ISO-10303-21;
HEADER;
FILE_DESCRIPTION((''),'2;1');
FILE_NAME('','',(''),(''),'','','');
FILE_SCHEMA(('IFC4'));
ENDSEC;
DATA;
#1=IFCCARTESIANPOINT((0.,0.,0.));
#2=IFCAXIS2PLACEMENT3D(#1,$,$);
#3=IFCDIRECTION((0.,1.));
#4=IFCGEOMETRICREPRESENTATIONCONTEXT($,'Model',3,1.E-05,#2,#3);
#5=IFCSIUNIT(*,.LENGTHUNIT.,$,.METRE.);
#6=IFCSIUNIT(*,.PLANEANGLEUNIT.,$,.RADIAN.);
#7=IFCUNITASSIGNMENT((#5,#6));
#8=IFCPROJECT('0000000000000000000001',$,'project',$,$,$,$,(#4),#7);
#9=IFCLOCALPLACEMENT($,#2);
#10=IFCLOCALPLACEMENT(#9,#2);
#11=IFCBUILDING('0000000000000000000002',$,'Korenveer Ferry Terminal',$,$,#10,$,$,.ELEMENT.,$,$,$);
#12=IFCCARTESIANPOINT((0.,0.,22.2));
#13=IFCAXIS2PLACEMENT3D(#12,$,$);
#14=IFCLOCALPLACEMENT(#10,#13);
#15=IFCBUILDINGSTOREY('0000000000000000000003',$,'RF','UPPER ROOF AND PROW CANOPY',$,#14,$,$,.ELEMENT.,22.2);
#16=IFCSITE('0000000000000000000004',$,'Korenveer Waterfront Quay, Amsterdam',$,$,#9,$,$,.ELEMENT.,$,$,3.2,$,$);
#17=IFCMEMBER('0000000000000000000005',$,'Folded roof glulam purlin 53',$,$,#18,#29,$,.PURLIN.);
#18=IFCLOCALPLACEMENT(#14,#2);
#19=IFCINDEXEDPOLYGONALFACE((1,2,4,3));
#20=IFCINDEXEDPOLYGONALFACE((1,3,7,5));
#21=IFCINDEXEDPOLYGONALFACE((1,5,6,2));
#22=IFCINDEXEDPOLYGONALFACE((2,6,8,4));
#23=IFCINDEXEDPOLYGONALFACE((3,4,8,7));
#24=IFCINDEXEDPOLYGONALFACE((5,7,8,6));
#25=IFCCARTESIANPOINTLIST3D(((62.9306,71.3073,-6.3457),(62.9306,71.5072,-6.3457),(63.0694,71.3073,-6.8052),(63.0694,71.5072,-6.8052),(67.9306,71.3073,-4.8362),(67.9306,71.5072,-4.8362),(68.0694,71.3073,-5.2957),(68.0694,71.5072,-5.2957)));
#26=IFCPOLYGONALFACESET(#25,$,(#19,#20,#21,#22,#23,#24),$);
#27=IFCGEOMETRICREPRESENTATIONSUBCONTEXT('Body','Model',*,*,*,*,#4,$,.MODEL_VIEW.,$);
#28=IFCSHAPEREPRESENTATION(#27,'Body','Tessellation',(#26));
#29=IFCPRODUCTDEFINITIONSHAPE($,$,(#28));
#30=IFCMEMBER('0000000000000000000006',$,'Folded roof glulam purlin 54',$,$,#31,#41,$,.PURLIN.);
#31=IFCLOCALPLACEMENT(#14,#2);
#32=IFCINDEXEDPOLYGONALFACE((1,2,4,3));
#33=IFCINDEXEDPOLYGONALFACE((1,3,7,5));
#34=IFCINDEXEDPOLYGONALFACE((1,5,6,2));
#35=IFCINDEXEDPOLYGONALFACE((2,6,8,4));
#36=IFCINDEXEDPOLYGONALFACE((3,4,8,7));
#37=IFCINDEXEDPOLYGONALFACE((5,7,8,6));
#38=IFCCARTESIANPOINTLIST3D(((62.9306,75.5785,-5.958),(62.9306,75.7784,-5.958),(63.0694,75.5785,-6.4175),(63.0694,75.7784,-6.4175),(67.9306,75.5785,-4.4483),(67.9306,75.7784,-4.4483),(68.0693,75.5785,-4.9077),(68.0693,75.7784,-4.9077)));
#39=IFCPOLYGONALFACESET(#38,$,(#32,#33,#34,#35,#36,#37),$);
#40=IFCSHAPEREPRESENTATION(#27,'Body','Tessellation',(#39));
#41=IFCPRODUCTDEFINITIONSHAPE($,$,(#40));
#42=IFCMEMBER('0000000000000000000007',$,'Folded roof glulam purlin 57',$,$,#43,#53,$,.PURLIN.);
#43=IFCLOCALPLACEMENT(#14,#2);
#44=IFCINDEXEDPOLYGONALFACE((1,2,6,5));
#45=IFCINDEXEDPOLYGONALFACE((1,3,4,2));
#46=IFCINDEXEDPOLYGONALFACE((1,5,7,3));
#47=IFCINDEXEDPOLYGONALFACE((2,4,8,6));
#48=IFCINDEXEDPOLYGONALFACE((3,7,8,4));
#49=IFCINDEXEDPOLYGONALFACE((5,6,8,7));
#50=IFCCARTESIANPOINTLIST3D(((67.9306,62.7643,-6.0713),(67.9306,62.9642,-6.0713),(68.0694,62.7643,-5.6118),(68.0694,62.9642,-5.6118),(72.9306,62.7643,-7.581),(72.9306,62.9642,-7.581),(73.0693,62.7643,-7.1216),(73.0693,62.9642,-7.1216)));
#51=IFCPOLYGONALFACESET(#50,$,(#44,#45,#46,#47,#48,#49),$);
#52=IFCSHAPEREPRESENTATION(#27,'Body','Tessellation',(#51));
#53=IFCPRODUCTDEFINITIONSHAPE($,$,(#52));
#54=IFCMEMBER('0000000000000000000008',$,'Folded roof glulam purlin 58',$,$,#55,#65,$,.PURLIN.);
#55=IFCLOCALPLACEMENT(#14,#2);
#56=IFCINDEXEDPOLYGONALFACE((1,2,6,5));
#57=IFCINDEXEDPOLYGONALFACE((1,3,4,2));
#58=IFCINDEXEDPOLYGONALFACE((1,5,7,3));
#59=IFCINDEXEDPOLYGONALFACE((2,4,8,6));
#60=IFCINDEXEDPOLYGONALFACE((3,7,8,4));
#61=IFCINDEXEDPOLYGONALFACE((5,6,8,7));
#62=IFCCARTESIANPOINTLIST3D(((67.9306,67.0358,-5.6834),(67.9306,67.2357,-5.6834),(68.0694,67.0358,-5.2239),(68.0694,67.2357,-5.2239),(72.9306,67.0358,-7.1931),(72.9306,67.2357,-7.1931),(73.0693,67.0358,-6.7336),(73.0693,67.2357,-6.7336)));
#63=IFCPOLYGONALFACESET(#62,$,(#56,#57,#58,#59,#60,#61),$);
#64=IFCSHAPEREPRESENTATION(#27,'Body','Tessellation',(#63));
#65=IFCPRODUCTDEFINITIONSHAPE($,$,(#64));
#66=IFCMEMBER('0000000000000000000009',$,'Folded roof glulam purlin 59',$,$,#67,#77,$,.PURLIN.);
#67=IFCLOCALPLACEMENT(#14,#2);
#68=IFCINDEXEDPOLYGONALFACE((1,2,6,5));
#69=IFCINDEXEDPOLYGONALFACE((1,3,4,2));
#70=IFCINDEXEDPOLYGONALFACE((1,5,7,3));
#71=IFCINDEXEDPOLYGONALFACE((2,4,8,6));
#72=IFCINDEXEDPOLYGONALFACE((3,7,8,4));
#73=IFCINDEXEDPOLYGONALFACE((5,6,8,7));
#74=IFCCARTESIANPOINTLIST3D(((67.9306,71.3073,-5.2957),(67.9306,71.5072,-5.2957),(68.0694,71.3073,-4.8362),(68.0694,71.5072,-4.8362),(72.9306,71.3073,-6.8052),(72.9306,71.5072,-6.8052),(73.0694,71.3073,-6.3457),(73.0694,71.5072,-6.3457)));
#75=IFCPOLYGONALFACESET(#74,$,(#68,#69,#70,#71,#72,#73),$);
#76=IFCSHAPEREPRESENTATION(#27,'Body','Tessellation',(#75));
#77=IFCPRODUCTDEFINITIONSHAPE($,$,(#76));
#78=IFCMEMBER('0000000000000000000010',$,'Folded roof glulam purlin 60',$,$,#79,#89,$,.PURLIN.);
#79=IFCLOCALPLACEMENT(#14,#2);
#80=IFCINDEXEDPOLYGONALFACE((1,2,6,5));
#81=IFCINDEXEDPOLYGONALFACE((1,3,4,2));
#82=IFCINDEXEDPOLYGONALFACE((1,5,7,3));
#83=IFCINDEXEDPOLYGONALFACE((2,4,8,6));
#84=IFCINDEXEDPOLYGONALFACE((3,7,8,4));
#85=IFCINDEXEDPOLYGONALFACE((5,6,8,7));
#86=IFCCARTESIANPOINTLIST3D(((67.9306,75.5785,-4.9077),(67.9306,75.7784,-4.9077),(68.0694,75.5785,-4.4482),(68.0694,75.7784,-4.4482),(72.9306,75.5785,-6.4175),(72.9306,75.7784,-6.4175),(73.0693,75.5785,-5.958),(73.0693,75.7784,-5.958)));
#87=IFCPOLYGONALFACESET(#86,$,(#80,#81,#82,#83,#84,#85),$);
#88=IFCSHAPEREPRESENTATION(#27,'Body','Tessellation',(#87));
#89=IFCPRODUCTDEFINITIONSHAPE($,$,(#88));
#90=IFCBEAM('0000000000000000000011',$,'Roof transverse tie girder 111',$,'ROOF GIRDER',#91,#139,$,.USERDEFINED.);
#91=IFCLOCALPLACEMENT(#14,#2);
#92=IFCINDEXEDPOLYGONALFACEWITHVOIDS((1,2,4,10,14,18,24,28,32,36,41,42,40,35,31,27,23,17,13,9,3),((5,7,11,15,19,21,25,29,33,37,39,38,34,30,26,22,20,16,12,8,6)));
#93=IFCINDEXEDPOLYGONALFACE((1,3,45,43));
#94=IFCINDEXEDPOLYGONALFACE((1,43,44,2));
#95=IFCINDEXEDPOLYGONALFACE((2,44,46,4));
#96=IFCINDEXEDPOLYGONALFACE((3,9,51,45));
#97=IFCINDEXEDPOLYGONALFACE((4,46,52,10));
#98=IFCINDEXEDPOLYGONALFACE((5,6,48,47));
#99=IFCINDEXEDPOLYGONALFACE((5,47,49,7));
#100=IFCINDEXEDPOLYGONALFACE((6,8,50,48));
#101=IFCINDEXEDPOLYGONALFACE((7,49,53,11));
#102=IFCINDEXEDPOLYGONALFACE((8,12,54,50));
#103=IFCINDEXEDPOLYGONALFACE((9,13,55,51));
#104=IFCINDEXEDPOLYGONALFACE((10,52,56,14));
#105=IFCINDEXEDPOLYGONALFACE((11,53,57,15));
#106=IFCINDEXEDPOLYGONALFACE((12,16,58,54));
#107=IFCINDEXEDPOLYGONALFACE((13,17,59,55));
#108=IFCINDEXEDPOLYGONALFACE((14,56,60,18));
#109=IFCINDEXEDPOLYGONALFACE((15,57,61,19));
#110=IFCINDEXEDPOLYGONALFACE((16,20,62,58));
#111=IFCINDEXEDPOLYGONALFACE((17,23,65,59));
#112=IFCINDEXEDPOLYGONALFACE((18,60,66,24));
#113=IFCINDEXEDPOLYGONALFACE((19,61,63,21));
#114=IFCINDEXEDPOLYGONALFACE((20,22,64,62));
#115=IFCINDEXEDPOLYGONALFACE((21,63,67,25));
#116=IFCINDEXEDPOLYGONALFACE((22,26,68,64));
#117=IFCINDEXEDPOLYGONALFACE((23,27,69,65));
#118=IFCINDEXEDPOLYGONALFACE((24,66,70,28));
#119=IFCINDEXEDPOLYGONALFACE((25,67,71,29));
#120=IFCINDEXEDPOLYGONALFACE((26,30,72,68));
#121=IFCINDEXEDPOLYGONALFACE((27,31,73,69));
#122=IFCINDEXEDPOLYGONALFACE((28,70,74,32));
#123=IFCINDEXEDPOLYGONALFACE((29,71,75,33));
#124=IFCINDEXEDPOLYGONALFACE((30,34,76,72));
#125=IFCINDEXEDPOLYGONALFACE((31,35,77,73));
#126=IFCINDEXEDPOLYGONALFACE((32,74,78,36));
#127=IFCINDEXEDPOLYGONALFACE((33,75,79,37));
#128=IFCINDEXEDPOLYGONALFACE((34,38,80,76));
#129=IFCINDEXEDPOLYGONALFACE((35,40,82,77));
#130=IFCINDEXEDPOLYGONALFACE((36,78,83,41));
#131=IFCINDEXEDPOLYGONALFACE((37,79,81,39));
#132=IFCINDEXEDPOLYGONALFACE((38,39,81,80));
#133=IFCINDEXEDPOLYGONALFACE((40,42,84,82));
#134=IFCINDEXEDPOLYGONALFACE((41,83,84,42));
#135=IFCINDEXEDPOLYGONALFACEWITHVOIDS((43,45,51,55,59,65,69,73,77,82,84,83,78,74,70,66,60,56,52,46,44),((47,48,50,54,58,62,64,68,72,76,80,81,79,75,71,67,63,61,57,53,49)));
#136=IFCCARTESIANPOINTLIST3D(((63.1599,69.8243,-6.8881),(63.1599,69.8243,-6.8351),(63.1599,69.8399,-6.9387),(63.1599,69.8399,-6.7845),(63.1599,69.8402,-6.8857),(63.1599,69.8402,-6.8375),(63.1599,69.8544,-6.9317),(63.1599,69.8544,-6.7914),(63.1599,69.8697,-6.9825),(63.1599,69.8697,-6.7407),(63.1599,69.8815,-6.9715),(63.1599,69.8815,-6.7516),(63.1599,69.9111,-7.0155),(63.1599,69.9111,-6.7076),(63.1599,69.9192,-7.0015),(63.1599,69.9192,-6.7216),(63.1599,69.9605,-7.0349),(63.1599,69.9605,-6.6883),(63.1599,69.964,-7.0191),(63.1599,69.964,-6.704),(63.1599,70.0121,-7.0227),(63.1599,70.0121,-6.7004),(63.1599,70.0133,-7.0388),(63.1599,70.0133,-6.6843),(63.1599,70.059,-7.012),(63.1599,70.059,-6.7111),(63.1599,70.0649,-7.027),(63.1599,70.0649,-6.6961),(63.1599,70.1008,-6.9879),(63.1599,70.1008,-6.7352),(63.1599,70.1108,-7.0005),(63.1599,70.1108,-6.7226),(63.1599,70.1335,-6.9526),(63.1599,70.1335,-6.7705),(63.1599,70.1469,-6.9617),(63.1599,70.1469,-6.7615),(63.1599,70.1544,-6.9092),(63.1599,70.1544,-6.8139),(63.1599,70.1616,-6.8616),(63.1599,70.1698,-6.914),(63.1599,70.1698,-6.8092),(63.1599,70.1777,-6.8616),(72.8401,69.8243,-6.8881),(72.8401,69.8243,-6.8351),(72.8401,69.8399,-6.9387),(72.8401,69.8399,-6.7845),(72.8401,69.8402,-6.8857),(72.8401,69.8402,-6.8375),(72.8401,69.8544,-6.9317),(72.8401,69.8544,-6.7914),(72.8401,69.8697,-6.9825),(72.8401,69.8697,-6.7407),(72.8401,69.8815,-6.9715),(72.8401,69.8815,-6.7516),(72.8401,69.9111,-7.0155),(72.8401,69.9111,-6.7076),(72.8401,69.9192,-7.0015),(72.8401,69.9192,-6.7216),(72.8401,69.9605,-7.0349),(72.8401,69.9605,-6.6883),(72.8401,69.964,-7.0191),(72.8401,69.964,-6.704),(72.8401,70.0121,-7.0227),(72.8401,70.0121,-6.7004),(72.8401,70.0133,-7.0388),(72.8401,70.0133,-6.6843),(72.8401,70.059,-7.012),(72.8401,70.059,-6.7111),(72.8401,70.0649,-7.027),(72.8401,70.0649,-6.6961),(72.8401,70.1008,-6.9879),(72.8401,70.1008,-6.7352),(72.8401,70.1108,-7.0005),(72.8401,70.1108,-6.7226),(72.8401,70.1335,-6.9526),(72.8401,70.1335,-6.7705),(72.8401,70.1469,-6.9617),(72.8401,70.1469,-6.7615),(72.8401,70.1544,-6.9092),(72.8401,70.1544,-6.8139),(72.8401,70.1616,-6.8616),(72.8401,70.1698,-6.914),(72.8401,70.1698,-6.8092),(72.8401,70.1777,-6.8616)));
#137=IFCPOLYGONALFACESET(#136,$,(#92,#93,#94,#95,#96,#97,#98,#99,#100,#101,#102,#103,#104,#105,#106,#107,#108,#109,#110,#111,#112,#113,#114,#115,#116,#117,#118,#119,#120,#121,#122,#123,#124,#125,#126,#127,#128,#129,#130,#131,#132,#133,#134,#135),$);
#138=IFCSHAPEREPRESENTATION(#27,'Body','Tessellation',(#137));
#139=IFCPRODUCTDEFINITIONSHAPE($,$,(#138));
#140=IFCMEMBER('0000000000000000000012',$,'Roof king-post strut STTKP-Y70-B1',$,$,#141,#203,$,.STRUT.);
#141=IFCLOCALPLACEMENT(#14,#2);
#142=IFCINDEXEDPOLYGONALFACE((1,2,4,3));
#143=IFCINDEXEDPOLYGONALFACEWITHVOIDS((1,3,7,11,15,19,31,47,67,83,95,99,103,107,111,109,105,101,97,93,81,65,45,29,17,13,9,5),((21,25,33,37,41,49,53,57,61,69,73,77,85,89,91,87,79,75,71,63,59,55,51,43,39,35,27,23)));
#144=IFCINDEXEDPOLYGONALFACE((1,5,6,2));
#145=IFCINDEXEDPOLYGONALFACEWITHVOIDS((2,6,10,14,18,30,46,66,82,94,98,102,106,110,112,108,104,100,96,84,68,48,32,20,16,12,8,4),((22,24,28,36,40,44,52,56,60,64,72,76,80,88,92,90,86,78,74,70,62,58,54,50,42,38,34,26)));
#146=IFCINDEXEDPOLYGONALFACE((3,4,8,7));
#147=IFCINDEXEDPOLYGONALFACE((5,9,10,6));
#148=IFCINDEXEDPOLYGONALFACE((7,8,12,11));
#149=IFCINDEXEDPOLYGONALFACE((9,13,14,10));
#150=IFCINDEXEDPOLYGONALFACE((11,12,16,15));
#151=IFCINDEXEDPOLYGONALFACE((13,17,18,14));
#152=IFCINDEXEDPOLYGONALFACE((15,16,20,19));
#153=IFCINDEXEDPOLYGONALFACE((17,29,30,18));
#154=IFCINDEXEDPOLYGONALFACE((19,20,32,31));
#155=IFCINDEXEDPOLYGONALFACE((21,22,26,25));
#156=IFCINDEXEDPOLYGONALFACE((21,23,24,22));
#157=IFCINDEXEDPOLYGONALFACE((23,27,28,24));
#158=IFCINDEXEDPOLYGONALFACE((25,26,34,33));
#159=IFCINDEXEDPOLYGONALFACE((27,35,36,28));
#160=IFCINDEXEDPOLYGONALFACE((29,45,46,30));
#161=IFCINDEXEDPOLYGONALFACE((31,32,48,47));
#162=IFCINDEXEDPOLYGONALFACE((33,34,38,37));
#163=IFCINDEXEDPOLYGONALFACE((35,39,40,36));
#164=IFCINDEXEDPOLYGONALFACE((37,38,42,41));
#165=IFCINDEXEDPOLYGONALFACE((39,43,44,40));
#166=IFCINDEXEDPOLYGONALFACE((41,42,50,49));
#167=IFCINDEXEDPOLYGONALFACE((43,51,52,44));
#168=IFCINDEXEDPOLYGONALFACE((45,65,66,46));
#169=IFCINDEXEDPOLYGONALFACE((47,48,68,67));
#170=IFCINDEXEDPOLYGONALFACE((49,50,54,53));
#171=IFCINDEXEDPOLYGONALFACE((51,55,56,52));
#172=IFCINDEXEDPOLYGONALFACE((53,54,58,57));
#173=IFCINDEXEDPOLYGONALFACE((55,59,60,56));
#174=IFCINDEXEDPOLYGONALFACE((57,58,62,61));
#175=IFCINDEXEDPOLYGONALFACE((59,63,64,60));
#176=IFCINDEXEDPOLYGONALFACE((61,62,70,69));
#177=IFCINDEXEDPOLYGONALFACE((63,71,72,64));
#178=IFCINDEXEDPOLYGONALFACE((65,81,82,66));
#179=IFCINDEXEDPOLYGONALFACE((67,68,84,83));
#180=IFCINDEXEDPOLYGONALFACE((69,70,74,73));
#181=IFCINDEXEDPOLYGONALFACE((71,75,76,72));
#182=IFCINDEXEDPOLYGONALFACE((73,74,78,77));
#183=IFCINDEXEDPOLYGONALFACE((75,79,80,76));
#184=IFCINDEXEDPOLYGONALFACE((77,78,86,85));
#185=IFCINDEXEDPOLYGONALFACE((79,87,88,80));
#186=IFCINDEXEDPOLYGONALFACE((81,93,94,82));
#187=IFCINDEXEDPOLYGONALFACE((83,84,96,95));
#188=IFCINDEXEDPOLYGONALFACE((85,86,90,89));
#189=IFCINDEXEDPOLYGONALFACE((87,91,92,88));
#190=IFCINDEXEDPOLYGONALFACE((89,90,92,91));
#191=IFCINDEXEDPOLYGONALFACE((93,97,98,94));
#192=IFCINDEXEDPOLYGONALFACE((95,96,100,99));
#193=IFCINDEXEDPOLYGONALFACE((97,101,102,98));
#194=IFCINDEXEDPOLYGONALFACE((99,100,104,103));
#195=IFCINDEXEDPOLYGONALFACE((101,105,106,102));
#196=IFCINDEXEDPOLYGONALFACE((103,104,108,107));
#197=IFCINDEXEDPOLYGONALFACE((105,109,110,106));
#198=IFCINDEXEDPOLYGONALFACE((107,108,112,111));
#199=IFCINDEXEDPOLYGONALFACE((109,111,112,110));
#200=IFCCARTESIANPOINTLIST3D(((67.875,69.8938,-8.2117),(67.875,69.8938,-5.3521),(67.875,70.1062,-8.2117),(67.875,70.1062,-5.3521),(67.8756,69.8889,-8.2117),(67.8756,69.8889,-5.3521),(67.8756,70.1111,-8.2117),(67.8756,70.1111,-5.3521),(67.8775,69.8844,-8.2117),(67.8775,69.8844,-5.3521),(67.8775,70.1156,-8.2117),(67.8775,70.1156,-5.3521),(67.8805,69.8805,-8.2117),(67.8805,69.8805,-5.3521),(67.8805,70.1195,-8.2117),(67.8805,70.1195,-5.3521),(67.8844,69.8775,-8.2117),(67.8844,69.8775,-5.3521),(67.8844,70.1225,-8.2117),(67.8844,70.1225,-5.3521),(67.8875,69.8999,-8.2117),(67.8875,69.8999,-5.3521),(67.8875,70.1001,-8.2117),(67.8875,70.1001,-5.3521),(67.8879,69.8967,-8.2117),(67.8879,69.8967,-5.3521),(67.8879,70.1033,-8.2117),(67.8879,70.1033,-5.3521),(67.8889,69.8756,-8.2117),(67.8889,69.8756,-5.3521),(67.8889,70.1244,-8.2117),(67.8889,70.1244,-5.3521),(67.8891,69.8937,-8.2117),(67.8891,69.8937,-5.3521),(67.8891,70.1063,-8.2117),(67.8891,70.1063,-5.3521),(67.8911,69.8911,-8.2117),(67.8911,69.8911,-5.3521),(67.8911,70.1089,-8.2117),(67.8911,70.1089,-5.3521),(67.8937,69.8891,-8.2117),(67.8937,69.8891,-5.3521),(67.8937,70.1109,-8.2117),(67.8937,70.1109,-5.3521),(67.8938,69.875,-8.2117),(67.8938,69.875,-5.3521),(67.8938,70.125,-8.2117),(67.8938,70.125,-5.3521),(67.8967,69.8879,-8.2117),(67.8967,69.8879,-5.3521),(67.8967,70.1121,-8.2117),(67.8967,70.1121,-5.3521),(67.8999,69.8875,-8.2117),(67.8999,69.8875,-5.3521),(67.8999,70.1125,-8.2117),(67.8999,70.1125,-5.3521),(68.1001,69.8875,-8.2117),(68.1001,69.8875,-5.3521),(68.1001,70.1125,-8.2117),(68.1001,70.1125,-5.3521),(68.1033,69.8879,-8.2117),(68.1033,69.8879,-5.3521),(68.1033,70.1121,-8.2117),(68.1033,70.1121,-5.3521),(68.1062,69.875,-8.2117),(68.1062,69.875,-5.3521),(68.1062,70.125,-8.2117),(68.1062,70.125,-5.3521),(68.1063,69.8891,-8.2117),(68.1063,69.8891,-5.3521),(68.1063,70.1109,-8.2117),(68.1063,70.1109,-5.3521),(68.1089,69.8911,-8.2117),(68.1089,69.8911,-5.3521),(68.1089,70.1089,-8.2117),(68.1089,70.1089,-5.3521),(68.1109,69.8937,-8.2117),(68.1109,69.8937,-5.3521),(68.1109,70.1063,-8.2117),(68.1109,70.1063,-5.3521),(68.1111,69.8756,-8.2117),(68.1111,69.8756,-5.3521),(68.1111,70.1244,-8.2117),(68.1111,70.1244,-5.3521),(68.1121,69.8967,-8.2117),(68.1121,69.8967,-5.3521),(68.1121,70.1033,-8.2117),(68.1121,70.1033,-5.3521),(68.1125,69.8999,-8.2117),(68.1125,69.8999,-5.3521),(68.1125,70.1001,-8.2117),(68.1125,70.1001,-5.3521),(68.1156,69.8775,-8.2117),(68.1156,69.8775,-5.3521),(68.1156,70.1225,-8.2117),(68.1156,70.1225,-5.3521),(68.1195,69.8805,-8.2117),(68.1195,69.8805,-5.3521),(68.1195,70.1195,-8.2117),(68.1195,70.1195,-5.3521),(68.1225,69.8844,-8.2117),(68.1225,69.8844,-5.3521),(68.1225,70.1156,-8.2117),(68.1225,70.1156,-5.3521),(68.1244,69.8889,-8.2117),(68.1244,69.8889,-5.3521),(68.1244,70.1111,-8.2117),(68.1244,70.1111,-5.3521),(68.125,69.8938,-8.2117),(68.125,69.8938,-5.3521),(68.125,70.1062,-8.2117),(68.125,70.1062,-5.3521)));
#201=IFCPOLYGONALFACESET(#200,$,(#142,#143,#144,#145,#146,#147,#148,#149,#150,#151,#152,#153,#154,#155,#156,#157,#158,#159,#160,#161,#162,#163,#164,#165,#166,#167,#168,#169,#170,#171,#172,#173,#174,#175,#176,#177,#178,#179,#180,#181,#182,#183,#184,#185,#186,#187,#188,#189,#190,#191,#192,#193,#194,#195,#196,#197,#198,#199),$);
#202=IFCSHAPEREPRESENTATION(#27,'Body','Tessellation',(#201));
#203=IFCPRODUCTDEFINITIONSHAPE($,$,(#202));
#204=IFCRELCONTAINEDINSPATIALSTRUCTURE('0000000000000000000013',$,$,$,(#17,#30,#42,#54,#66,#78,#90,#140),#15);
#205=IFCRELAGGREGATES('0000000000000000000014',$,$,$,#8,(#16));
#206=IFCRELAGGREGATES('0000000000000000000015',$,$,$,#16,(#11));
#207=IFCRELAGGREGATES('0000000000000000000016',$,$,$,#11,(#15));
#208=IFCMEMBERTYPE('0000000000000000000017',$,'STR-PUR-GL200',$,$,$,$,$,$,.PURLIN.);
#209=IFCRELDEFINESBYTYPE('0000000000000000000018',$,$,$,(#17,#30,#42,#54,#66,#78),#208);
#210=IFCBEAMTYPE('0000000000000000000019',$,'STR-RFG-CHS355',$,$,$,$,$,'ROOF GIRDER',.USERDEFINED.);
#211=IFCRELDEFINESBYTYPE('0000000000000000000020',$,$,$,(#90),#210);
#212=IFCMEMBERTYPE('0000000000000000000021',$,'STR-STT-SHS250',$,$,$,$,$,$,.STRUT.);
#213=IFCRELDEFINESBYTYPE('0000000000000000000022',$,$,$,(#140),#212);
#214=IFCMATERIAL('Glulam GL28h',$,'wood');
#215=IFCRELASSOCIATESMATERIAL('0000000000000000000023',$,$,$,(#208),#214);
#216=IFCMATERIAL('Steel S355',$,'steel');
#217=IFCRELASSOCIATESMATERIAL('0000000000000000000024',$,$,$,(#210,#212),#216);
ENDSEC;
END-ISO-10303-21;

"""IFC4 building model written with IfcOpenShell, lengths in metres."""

from ifc_helpers import new_model, si_unit, direction, frame, origin, origin_2d, place, context, subcontext, project, spatial, rectangle, hollow_rectangle, hollow_circle, extrude, material, material_profile, profile_set, type_object, element, save


model = new_model("IFC4")

# Units and contexts
model_context = context("Model", 3, precision=1e-05, world=origin(), true_north=direction((0.0, 1.0)))
body_context = subcontext(model_context, "Body", "Model", "MODEL_VIEW")
ifc_project = project(units=[si_unit("LENGTHUNIT", "METRE"), si_unit("PLANEANGLEUNIT", "RADIAN")], contexts=[model_context])

# Site, building, storey
site_placement = place(None, origin())
site = spatial("IfcSite", under=ifc_project, at=site_placement, Name="Korenveer Waterfront Quay, Amsterdam", CompositionType="ELEMENT", RefElevation=3.2)
building_placement = place(site_placement, origin())
building = spatial("IfcBuilding", under=site, at=building_placement, Name="Korenveer Ferry Terminal", CompositionType="ELEMENT")
storey_placement = place(building_placement, frame((0.0, 0.0, 22.2)))
storey = spatial("IfcBuildingStorey", under=building, at=storey_placement, Name="RF", Description="UPPER ROOF AND PROW CANOPY", CompositionType="ELEMENT", Elevation=22.2)

# Members
ifc_material_1 = material(Name="Steel S355", Category="steel")
ifc_material_2 = material(Name="Glulam GL28h", Category="wood")
ifc_material_profile_1 = material_profile(ifc_material_2, rectangle(XDim=0.2, YDim=0.48, at=origin_2d()), Name="GL 200x480")
ifc_profile_set_1 = profile_set([ifc_material_profile_1], Name="Glulam GL28h")
member_type_1 = type_object("IfcMemberType", Name="STR-PUR-GL200", PredefinedType="PURLIN", material=ifc_profile_set_1)
for number, where, z_axis, x_axis, name in (
    (1, (63.0, 71.4072, -6.5754), (0.957323, 0.0, 0.28902), (0.0, 1.0, 0.0), "Folded roof glulam purlin 53"),
    (2, (63.0, 75.6785, -6.1877), (0.95731, 0.0, 0.289063), (0.0, 1.0, 0.0), "Folded roof glulam purlin 54"),
    (3, (68.0, 62.8643, -5.8416), (0.95731, 0.0, -0.289063), (0.0, 1.0, 0.0), "Folded roof glulam purlin 57"),
    (4, (68.0, 67.1357, -5.4536), (0.95731, 0.0, -0.289063), (0.0, 1.0, 0.0), "Folded roof glulam purlin 58"),
    (5, (68.0, 71.4072, -5.0659), (0.957323, 0.0, -0.28902), (0.0, 1.0, 0.0), "Folded roof glulam purlin 59"),
    (6, (68.0, 75.6785, -4.678), (0.95731, 0.0, -0.289063), (0.0, 1.0, 0.0), "Folded roof glulam purlin 60"),
):
    element("IfcMember", number, at=place(storey_placement, frame(where, z_axis=z_axis, x_axis=x_axis)), inside=storey, type_object=member_type_1, Name=name, PredefinedType="PURLIN", context=body_context, shape_type="SweptSolid", body=[
        extrude(rectangle(XDim=0.2, YDim=0.48, at=origin_2d()), origin(), (0.0, 0.0, 1.0), 5.2229),
    ])

# Beam
ifc_material_profile_2 = material_profile(ifc_material_1, hollow_circle(Radius=0.1777, WallThickness=0.0161, at=origin_2d()), Name="CHS 355.6x16")
ifc_profile_set_2 = profile_set([ifc_material_profile_2], Name="Steel S355")
beam_type = type_object("IfcBeamType", Name="STR-RFG-CHS355", ElementType="ROOF GIRDER", PredefinedType="USERDEFINED", material=ifc_profile_set_2)
beam_placement = place(storey_placement, frame((63.1599, 70.0, -6.8616), z_axis=(1.0, 0.0, 0.0), x_axis=(0.0, 1.0, 0.0)))
element("IfcBeam", 7, at=beam_placement, inside=storey, type_object=beam_type, Name="Roof transverse tie girder 111", ObjectType="ROOF GIRDER", PredefinedType="USERDEFINED", context=body_context, shape_type="SweptSolid", body=[
    extrude(hollow_circle(Radius=0.1777, WallThickness=0.0161, at=origin_2d()), origin(), (0.0, 0.0, 1.0), 9.6802),
])

# Member
ifc_material_profile_3 = material_profile(ifc_material_1, hollow_rectangle(XDim=0.25, YDim=0.25, WallThickness=0.0125, InnerFilletRadius=0.0125, OuterFilletRadius=0.0188, at=origin_2d()), Name="SHS 250x250x12.5")
ifc_profile_set_3 = profile_set([ifc_material_profile_3], Name="Steel S355")
member_type_2 = type_object("IfcMemberType", Name="STR-STT-SHS250", PredefinedType="STRUT", material=ifc_profile_set_3)
member_1_placement = place(storey_placement, frame((68.0, 70.0, -8.2117), z_axis=(0.0, 0.0, 1.0), x_axis=(1.0, 0.0, 0.0)))
element("IfcMember", 8, at=member_1_placement, inside=storey, type_object=member_type_2, Name="Roof king-post strut STTKP-Y70-B1", PredefinedType="STRUT", context=body_context, shape_type="SweptSolid", body=[
    extrude(hollow_rectangle(XDim=0.25, YDim=0.25, WallThickness=0.0125, InnerFilletRadius=0.0125, OuterFilletRadius=0.0188, at=origin_2d()), origin(), (0.0, 0.0, 1.0), 2.8596),
])

save(model, "model.ifc")
